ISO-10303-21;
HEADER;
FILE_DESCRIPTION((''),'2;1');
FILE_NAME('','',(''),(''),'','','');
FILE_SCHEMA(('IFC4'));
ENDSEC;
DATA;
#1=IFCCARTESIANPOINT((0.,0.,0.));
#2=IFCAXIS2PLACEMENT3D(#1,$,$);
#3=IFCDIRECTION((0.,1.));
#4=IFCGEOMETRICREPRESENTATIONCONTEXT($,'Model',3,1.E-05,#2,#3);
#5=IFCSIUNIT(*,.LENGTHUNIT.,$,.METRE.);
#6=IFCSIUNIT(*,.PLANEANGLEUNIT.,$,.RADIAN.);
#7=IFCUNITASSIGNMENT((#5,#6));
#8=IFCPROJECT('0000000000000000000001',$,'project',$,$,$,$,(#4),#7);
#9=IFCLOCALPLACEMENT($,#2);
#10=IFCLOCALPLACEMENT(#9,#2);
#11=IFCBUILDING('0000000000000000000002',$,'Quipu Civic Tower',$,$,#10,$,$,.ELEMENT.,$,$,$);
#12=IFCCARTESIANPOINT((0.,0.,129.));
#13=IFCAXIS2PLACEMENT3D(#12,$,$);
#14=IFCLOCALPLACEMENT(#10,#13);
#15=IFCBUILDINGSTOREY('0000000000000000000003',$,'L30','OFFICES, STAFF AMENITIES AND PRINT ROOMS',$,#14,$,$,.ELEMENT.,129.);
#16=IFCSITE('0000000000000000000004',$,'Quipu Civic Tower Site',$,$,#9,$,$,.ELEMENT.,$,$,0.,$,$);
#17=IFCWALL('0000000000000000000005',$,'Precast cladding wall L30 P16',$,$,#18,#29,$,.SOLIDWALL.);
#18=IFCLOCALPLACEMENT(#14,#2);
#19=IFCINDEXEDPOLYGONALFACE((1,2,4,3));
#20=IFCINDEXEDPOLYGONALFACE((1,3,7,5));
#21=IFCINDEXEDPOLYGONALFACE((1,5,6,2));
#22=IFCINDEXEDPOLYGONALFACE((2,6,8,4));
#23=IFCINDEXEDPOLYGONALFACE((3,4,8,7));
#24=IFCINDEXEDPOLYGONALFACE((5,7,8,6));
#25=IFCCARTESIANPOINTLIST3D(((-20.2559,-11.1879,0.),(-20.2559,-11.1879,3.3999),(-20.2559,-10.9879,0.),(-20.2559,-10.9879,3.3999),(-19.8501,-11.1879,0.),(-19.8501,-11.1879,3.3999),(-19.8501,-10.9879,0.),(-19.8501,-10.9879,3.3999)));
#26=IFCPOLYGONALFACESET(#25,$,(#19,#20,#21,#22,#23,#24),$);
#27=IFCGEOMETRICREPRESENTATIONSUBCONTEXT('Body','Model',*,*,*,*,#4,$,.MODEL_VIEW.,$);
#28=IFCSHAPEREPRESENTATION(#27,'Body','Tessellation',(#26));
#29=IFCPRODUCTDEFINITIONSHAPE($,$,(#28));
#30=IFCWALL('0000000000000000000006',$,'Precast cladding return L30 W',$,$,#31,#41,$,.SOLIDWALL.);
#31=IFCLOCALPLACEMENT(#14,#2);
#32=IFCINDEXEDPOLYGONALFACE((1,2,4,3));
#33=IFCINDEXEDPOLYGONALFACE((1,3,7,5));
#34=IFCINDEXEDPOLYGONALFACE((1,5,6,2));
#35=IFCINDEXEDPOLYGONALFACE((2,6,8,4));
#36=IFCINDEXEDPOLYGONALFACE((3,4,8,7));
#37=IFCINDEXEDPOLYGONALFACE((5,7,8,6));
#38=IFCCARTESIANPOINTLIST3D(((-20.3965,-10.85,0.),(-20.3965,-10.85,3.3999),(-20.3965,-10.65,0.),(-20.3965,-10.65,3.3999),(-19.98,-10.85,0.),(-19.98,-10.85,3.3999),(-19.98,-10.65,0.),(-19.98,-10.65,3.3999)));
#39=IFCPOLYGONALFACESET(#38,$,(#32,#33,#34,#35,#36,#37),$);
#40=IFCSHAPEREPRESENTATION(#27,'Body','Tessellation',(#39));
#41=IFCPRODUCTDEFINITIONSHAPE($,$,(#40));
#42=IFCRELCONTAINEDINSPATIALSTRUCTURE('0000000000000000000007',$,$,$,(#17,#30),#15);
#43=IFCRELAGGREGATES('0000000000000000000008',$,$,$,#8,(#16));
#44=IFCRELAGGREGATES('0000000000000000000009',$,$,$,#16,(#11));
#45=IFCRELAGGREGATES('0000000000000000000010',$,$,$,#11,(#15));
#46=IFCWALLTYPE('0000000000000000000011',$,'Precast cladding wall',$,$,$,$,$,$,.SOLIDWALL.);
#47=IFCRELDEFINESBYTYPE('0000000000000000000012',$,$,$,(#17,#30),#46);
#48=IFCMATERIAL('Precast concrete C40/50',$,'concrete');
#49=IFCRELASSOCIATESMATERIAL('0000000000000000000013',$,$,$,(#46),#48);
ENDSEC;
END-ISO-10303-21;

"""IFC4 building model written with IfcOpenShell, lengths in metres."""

from ifc_helpers import new_model, si_unit, direction, frame, frame_2d, origin, place, context, subcontext, project, spatial, rectangle, extrude, material, type_object, element, save


model = new_model("IFC4")

# Units and contexts
model_context = context("Model", 3, precision=1e-05, world=origin(), true_north=direction((0.0, 1.0)))
body_context = subcontext(model_context, "Body", "Model", "MODEL_VIEW")
ifc_project = project(units=[si_unit("LENGTHUNIT", "METRE"), si_unit("PLANEANGLEUNIT", "RADIAN")], contexts=[model_context])

# Site, building, storey
site_placement = place(None, origin())
site = spatial("IfcSite", under=ifc_project, at=site_placement, Name="Quipu Civic Tower Site", CompositionType="ELEMENT", RefElevation=0.0)
building_placement = place(site_placement, origin())
building = spatial("IfcBuilding", under=site, at=building_placement, Name="Quipu Civic Tower", CompositionType="ELEMENT")
storey_placement = place(building_placement, frame((0.0, 0.0, 129.0)))
storey = spatial("IfcBuildingStorey", under=building, at=storey_placement, Name="L30", Description="OFFICES, STAFF AMENITIES AND PRINT ROOMS", CompositionType="ELEMENT", Elevation=129.0)

# Walls
ifc_material_1 = material(Name="Precast concrete C40/50", Category="concrete")
wall_type_1 = type_object("IfcWallType", Name="Precast cladding wall", PredefinedType="SOLIDWALL", material=ifc_material_1)
wall_1_placement = place(storey_placement, frame((-20.2559, -11.0879, 0.0), z_axis=(0.0, 0.0, 1.0), x_axis=(1.0, 0.0, 0.0)))
element("IfcWall", 1, at=wall_1_placement, inside=storey, type_object=wall_type_1, Name="Precast cladding wall L30 P16", PredefinedType="SOLIDWALL", context=body_context, shape_type="SweptSolid", body=[
    extrude(rectangle(XDim=0.4058, YDim=0.2, at=frame_2d((0.2029, 0.0))), origin(), (0.0, 0.0, 1.0), 3.3999),
])
wall_2_placement = place(storey_placement, frame((-19.98, -10.75, 0.0), z_axis=(0.0, 0.0, 1.0), x_axis=(-1.0, 0.0, 0.0)))
element("IfcWall", 2, at=wall_2_placement, inside=storey, type_object=wall_type_1, Name="Precast cladding return L30 W", PredefinedType="SOLIDWALL", context=body_context, shape_type="SweptSolid", body=[
    extrude(rectangle(XDim=0.4165, YDim=0.2, at=frame_2d((0.2083, 0.0))), origin(), (0.0, 0.0, 1.0), 3.3999),
])

save(model, "model.ifc")
